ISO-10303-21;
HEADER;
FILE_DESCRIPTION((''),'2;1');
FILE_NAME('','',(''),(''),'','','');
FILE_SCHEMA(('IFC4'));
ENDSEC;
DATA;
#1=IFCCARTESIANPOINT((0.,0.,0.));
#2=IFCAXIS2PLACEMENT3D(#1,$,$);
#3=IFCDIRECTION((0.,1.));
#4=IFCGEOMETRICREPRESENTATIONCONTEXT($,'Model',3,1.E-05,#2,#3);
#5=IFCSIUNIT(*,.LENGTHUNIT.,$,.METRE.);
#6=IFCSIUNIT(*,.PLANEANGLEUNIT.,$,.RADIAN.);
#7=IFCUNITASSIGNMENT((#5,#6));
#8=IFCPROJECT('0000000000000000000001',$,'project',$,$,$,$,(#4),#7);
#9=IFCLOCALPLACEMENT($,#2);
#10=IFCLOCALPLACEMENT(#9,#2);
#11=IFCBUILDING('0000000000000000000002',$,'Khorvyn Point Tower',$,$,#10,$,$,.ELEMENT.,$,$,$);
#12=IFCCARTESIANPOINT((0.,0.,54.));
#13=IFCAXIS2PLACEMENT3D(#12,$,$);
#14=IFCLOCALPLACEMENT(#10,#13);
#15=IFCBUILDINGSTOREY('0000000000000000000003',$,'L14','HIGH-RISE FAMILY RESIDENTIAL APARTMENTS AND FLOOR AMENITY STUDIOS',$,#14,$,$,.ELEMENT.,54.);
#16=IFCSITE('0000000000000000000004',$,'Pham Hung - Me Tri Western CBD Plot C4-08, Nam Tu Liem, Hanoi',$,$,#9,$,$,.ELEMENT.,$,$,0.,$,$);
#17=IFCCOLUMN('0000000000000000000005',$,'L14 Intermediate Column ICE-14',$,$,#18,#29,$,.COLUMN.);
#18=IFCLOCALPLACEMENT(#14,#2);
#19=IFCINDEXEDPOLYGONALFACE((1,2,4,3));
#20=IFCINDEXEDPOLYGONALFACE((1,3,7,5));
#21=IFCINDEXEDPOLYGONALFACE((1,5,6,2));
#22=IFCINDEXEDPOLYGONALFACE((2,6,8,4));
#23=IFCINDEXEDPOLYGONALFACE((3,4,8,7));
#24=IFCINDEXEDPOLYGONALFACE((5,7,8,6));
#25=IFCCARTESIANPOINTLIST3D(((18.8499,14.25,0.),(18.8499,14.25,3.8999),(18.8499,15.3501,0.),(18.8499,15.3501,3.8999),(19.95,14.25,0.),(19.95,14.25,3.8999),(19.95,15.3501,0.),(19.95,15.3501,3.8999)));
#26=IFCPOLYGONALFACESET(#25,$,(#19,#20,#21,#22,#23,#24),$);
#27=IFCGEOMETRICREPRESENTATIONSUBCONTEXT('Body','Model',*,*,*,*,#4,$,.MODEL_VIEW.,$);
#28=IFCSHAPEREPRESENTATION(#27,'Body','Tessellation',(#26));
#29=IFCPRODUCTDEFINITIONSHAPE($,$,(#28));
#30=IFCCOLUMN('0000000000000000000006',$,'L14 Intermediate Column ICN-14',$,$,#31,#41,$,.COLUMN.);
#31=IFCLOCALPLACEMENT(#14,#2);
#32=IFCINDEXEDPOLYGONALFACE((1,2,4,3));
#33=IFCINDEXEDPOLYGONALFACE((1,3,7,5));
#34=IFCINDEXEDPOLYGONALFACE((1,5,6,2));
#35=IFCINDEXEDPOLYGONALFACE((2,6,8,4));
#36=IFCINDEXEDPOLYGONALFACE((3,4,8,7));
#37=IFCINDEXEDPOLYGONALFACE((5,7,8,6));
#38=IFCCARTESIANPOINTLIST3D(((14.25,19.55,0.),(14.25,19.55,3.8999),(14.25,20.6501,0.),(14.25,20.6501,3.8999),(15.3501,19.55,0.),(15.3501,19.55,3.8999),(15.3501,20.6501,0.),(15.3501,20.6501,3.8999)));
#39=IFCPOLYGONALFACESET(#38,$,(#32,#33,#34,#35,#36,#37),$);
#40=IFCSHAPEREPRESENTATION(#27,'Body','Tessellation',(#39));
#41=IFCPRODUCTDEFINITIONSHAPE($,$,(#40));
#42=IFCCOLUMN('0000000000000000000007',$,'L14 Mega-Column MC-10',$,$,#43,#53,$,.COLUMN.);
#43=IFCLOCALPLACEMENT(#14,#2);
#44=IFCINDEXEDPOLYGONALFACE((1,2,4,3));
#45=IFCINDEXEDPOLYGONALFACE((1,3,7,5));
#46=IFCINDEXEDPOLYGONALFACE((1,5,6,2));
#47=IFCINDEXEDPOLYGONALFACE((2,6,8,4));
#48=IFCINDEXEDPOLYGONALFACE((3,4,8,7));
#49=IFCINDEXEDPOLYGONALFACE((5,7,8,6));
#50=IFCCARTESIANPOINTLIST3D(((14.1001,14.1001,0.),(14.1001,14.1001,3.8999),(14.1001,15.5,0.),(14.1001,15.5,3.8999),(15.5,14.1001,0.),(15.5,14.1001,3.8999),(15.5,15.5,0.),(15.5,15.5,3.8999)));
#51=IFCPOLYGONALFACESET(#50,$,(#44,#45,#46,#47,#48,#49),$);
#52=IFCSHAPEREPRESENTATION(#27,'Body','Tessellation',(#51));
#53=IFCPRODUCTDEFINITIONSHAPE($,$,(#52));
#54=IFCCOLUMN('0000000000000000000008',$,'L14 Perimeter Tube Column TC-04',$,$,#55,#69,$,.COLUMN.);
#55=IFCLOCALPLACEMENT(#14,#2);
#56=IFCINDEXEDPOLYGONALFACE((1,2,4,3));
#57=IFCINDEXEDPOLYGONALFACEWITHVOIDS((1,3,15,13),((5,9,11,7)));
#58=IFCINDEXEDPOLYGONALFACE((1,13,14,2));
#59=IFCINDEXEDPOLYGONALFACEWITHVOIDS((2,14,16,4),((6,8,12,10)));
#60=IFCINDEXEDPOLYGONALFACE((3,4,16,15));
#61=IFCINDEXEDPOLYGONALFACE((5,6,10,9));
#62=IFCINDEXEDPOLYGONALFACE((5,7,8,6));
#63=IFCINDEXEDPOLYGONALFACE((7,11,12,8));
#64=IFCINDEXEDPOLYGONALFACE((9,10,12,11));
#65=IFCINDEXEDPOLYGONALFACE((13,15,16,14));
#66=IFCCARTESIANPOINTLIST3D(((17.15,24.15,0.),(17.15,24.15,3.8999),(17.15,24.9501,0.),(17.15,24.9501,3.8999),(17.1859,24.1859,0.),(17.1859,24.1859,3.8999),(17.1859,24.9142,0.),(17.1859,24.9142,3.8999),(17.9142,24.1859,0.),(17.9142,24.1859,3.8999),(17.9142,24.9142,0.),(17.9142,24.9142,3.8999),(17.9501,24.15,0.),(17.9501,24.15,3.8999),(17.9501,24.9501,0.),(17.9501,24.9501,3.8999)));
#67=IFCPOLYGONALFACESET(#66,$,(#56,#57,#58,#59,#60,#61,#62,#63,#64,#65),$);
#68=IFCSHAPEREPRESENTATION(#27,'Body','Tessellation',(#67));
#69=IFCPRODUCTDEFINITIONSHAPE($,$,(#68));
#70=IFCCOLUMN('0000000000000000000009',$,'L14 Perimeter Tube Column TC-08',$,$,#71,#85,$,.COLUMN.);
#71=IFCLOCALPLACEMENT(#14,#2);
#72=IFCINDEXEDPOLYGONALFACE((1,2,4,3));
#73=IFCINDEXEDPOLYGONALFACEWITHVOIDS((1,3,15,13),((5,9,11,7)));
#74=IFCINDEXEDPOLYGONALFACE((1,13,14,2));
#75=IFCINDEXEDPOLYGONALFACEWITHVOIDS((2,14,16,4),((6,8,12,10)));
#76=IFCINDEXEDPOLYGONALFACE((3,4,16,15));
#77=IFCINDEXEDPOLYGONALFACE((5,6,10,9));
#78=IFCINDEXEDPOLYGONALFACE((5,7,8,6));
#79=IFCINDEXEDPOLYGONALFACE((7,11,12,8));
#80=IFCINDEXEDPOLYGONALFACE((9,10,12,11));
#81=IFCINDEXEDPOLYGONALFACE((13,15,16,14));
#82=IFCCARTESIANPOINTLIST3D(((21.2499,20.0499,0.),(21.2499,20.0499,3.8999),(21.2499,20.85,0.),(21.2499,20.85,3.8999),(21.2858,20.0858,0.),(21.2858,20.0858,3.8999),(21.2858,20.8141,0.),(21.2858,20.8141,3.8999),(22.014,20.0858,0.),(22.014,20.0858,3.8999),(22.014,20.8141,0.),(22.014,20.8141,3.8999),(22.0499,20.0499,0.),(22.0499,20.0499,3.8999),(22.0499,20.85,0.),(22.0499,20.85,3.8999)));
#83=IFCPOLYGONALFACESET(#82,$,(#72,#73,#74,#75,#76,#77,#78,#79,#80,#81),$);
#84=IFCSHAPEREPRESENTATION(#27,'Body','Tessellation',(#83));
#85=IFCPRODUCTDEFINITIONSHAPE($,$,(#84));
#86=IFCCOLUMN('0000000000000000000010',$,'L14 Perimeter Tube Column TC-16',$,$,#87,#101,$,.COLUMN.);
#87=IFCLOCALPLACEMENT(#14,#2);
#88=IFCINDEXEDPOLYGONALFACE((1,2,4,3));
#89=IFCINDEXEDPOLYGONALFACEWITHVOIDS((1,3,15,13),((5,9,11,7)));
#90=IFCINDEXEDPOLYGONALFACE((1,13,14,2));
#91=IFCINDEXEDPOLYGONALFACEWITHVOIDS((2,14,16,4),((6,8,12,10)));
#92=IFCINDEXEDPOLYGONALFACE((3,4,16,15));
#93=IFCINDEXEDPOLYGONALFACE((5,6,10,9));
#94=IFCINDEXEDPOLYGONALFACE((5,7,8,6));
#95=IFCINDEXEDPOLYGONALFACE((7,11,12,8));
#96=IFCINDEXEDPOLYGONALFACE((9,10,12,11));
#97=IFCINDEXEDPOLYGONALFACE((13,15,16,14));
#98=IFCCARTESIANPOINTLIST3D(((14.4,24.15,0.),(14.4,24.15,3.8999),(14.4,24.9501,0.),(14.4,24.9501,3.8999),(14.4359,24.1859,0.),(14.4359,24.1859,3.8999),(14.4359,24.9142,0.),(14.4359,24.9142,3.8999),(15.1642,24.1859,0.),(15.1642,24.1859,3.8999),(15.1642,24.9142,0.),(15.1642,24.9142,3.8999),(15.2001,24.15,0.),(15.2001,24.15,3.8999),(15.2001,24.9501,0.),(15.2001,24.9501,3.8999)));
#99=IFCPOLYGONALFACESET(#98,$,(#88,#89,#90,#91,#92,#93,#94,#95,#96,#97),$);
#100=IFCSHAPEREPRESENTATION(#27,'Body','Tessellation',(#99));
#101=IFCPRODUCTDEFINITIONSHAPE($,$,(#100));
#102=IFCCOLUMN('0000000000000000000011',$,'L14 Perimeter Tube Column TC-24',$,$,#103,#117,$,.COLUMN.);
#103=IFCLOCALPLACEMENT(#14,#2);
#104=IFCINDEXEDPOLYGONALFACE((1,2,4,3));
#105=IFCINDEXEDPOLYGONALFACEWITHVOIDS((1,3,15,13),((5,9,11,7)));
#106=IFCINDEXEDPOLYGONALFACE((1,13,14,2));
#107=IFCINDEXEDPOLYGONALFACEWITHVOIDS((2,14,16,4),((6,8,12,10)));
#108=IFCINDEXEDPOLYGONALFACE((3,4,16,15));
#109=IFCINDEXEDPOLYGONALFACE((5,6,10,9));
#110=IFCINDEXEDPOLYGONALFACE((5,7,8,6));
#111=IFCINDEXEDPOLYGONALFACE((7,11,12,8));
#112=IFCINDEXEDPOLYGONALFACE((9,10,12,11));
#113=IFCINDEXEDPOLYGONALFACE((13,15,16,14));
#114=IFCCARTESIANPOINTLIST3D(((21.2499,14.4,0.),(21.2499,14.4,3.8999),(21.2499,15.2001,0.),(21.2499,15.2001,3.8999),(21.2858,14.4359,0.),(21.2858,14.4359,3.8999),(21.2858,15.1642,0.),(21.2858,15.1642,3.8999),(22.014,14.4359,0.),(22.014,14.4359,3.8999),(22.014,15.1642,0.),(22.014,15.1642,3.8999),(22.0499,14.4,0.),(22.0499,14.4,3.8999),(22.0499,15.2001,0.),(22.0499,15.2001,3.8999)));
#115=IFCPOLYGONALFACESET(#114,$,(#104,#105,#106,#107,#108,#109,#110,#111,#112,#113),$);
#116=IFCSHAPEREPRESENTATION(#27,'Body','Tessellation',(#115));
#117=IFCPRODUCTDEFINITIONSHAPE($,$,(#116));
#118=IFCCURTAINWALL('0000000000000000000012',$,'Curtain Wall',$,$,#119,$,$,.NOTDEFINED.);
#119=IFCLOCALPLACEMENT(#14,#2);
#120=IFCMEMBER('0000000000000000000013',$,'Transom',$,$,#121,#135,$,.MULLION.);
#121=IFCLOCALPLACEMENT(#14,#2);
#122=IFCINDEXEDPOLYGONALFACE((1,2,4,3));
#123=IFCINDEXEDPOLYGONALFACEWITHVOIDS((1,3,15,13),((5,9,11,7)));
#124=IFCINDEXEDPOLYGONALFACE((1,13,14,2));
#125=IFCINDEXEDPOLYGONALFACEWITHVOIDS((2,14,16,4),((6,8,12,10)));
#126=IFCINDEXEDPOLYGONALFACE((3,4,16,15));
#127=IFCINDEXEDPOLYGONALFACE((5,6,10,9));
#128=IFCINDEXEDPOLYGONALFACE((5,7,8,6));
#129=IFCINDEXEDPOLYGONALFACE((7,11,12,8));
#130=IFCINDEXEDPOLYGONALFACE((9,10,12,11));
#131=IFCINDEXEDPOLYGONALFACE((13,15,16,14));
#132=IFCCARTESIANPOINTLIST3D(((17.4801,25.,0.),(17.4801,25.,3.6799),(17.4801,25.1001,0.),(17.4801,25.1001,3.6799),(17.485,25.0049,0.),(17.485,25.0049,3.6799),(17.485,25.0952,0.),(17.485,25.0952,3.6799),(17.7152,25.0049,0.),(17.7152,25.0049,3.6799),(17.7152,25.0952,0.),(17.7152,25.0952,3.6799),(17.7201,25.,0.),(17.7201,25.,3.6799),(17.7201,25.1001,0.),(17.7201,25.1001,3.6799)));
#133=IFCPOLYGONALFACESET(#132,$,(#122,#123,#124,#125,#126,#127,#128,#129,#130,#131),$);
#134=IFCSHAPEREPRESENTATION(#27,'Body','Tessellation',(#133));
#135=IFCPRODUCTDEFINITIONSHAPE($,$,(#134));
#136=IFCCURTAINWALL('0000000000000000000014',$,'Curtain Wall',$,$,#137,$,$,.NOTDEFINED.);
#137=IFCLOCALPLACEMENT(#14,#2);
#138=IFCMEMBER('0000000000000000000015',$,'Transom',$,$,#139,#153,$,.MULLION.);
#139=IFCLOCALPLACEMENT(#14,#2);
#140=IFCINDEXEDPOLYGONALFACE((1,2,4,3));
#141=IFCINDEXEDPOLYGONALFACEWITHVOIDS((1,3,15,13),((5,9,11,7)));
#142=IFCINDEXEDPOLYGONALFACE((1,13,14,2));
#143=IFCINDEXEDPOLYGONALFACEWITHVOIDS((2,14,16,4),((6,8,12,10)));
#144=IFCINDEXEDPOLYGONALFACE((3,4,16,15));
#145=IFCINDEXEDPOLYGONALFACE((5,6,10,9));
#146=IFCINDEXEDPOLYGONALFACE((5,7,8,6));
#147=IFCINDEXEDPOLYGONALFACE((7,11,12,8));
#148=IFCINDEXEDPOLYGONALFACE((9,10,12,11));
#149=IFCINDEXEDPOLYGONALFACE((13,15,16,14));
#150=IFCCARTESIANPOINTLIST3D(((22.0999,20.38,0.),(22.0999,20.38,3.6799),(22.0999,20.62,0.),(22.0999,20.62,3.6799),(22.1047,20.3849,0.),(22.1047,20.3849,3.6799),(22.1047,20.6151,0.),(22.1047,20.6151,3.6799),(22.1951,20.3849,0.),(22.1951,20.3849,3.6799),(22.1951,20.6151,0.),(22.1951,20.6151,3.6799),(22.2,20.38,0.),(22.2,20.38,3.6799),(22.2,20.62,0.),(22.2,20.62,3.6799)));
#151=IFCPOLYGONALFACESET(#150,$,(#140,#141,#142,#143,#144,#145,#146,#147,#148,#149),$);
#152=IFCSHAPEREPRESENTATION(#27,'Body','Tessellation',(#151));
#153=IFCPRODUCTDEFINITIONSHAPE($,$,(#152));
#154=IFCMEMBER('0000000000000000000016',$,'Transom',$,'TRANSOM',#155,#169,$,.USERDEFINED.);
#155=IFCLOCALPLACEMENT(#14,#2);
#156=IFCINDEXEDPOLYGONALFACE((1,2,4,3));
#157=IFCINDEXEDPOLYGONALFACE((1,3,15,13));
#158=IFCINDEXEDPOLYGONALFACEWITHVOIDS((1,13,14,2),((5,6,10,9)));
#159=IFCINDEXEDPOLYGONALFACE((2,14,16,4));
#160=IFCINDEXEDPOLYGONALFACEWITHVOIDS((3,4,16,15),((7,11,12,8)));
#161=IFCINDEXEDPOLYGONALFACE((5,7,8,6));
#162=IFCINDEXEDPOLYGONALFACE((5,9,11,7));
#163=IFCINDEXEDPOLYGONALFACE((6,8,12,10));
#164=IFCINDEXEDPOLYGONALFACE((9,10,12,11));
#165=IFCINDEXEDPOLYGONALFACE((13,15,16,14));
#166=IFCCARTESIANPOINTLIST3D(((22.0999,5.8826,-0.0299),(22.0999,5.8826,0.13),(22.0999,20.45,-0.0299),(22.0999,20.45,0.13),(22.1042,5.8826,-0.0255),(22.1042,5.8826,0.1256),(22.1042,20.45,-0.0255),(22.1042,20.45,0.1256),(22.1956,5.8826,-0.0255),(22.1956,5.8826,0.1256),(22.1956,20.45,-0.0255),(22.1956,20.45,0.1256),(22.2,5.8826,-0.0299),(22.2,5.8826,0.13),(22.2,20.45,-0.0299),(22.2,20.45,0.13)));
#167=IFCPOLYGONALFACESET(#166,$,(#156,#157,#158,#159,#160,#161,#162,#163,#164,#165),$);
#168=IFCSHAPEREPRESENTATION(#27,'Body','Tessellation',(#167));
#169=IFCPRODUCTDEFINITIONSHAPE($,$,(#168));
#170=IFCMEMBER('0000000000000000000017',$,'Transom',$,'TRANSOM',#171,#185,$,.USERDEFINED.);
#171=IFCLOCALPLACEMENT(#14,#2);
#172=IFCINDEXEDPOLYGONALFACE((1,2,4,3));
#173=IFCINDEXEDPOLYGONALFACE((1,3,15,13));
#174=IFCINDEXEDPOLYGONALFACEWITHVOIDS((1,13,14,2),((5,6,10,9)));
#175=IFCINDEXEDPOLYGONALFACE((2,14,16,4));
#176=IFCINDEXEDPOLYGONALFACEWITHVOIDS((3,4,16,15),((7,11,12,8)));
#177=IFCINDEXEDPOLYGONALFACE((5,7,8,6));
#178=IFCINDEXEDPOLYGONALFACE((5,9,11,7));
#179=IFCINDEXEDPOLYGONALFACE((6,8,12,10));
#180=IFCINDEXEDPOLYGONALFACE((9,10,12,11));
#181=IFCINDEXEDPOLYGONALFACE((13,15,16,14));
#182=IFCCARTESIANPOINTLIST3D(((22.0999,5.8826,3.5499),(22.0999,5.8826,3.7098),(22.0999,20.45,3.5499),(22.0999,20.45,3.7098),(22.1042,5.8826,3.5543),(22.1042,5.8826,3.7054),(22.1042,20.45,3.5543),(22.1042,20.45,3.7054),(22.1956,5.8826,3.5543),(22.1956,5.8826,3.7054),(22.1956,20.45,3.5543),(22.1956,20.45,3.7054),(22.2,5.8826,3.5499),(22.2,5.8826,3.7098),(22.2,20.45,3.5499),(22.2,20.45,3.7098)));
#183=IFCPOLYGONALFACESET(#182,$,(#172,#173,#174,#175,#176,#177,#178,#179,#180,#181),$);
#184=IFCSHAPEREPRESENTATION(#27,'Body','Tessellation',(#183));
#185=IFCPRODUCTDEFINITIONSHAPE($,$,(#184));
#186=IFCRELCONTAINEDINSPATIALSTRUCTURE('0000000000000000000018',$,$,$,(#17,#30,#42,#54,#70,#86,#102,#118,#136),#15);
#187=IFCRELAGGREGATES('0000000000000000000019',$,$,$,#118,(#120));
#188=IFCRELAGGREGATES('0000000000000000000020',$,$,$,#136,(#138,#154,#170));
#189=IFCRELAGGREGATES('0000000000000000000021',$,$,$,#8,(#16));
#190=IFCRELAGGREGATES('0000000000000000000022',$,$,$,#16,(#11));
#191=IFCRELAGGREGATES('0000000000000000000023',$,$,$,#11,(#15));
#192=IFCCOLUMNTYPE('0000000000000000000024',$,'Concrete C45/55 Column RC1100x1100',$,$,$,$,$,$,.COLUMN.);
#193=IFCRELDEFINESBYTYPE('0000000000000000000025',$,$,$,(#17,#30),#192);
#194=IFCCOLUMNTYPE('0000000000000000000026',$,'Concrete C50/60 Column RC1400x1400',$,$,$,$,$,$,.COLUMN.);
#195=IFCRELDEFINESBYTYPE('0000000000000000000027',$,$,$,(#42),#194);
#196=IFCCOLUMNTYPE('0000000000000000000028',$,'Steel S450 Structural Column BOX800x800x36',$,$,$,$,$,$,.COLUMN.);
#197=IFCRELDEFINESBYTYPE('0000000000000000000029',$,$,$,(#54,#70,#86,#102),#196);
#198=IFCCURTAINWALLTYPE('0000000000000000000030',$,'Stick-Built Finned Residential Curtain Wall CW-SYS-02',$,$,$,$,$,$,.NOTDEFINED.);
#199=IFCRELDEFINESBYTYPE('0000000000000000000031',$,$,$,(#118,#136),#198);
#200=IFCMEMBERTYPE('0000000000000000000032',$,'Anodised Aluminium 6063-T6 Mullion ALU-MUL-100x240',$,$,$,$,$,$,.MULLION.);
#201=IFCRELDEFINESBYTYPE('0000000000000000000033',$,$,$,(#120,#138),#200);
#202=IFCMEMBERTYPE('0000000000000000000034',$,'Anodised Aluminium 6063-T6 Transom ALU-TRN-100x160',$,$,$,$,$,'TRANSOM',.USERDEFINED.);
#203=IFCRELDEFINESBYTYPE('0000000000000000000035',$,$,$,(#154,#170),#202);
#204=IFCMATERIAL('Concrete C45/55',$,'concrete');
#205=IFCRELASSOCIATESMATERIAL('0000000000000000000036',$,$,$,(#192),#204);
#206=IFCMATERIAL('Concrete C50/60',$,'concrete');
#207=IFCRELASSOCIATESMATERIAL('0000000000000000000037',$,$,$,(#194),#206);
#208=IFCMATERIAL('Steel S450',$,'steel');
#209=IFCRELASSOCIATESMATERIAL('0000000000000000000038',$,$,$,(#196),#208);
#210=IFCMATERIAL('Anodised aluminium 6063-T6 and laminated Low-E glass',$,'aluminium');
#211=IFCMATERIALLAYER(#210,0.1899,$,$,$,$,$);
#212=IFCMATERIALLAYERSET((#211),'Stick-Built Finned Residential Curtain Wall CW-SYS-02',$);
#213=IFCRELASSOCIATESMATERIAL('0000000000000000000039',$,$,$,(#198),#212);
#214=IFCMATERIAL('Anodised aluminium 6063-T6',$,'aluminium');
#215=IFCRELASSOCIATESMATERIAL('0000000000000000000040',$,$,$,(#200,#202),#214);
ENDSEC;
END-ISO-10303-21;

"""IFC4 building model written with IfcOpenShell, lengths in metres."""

from ifc_helpers import new_model, si_unit, direction, frame, origin, origin_2d, place, context, subcontext, project, spatial, rectangle, hollow_rectangle, extrude, material, layer, layer_set, material_profile, profile_set, type_object, element, aggregate, save


model = new_model("IFC4")

# Units and contexts
model_context = context("Model", 3, precision=1e-05, world=origin(), true_north=direction((0.0, 1.0)))
body_context = subcontext(model_context, "Body", "Model", "MODEL_VIEW")
ifc_project = project(units=[si_unit("LENGTHUNIT", "METRE"), si_unit("PLANEANGLEUNIT", "RADIAN")], contexts=[model_context])

# Site, building, storey
site_placement = place(None, origin())
site = spatial("IfcSite", under=ifc_project, at=site_placement, Name="Pham Hung - Me Tri Western CBD Plot C4-08, Nam Tu Liem, Hanoi", CompositionType="ELEMENT", RefElevation=0.0)
building_placement = place(site_placement, origin())
building = spatial("IfcBuilding", under=site, at=building_placement, Name="Khorvyn Point Tower", CompositionType="ELEMENT")
storey_placement = place(building_placement, frame((0.0, 0.0, 54.0)))
storey = spatial("IfcBuildingStorey", under=building, at=storey_placement, Name="L14", Description="HIGH-RISE FAMILY RESIDENTIAL APARTMENTS AND FLOOR AMENITY STUDIOS", CompositionType="ELEMENT", Elevation=54.0)

# Columns
ifc_material_1 = material(Name="Concrete C45/55", Category="concrete")
ifc_material_profile_1 = material_profile(ifc_material_1, rectangle(XDim=1.1001, YDim=1.1001, at=origin_2d()))
ifc_profile_set_1 = profile_set([ifc_material_profile_1], Name="Concrete C45/55 RC1100x1100")
column_type_1 = type_object("IfcColumnType", Name="Concrete C45/55 Column RC1100x1100", PredefinedType="COLUMN", material=ifc_profile_set_1)
for number, where, z_axis, x_axis, name in (
    (1, (19.3999, 14.8, 0.0), (0.0, 0.0, 1.0), (1.0, 0.0, 0.0), "L14 Intermediate Column ICE-14"),
    (2, (14.8, 20.1001, 0.0), (0.0, 0.0, 1.0), (1.0, 0.0, 0.0), "L14 Intermediate Column ICN-14"),
):
    element("IfcColumn", number, at=place(storey_placement, frame(where, z_axis=z_axis, x_axis=x_axis)), inside=storey, type_object=column_type_1, Name=name, PredefinedType="COLUMN", context=body_context, shape_type="SweptSolid", body=[
        extrude(rectangle(XDim=1.1001, YDim=1.1001, at=origin_2d()), origin(), (0.0, 0.0, 1.0), 3.8999),
    ])
ifc_material_2 = material(Name="Concrete C50/60", Category="concrete")
ifc_material_profile_2 = material_profile(ifc_material_2, rectangle(XDim=1.3999, YDim=1.3999, at=origin_2d()))
ifc_profile_set_2 = profile_set([ifc_material_profile_2], Name="Concrete C50/60 RC1400x1400")
column_type_2 = type_object("IfcColumnType", Name="Concrete C50/60 Column RC1400x1400", PredefinedType="COLUMN", material=ifc_profile_set_2)
column_placement = place(storey_placement, frame((14.8, 14.8, 0.0), z_axis=(0.0, 0.0, 1.0), x_axis=(1.0, 0.0, 0.0)))
element("IfcColumn", 3, at=column_placement, inside=storey, type_object=column_type_2, Name="L14 Mega-Column MC-10", PredefinedType="COLUMN", context=body_context, shape_type="SweptSolid", body=[
    extrude(rectangle(XDim=1.3999, YDim=1.3999, at=origin_2d()), origin(), (0.0, 0.0, 1.0), 3.8999),
])
ifc_material_3 = material(Name="Steel S450", Category="steel")
ifc_material_profile_3 = material_profile(ifc_material_3, hollow_rectangle(XDim=0.8, YDim=0.8, WallThickness=0.0359, at=origin_2d()))
ifc_profile_set_3 = profile_set([ifc_material_profile_3], Name="Steel S450 BOX800x800x36")
column_type_3 = type_object("IfcColumnType", Name="Steel S450 Structural Column BOX800x800x36", PredefinedType="COLUMN", material=ifc_profile_set_3)
for number, where, z_axis, x_axis, name in (
    (4, (17.55, 24.55, 0.0), (0.0, 0.0, 1.0), (1.0, 0.0, 0.0), "L14 Perimeter Tube Column TC-04"),
    (5, (21.6499, 20.45, 0.0), (0.0, 0.0, 1.0), (1.0, 0.0, 0.0), "L14 Perimeter Tube Column TC-08"),
    (6, (14.8, 24.55, 0.0), (0.0, 0.0, 1.0), (1.0, 0.0, 0.0), "L14 Perimeter Tube Column TC-16"),
    (7, (21.6499, 14.8, 0.0), (0.0, 0.0, 1.0), (1.0, 0.0, 0.0), "L14 Perimeter Tube Column TC-24"),
):
    element("IfcColumn", number, at=place(storey_placement, frame(where, z_axis=z_axis, x_axis=x_axis)), inside=storey, type_object=column_type_3, Name=name, PredefinedType="COLUMN", context=body_context, shape_type="SweptSolid", body=[
        extrude(hollow_rectangle(XDim=0.8, YDim=0.8, WallThickness=0.0359, at=origin_2d()), origin(), (0.0, 0.0, 1.0), 3.8999),
    ])

# Curtain wall, member
ifc_material_4 = material(Name="Anodised aluminium 6063-T6 and laminated Low-E glass", Category="aluminium")
ifc_layer_1 = layer(ifc_material_4, 0.1899)
ifc_layer_set_1 = layer_set([ifc_layer_1], Name="Stick-Built Finned Residential Curtain Wall CW-SYS-02")
curtain_wall_type = type_object("IfcCurtainWallType", Name="Stick-Built Finned Residential Curtain Wall CW-SYS-02", PredefinedType="NOTDEFINED", material=ifc_layer_set_1)
curtain_wall_1_placement = place(storey_placement, origin())
curtain_wall_1 = element("IfcCurtainWall", 8, at=curtain_wall_1_placement, inside=storey, type_object=curtain_wall_type, Name="Curtain Wall", PredefinedType="NOTDEFINED")
ifc_material_5 = material(Name="Anodised aluminium 6063-T6", Category="aluminium")
ifc_material_profile_4 = material_profile(ifc_material_5, hollow_rectangle(XDim=0.1001, YDim=0.24, WallThickness=0.0049, at=origin_2d()))
ifc_profile_set_4 = profile_set([ifc_material_profile_4], Name="Anodised aluminium 6063-T6 ALU-MUL-100x240")
member_type_1 = type_object("IfcMemberType", Name="Anodised Aluminium 6063-T6 Mullion ALU-MUL-100x240", PredefinedType="MULLION", material=ifc_profile_set_4)
member_1_placement = place(storey_placement, frame((17.6001, 25.05, 0.0), z_axis=(0.0, 0.0, 1.0), x_axis=(0.0, 1.0, 0.0)))
member_1 = element("IfcMember", 9, at=member_1_placement, type_object=member_type_1, Name="Transom", PredefinedType="MULLION", context=body_context, shape_type="SweptSolid", body=[
    extrude(hollow_rectangle(XDim=0.1001, YDim=0.24, WallThickness=0.0049, at=origin_2d()), origin(), (0.0, 0.0, 1.0), 3.6799),
])

# Curtain wall, members
curtain_wall_2_placement = place(storey_placement, origin())
curtain_wall_2 = element("IfcCurtainWall", 10, at=curtain_wall_2_placement, inside=storey, type_object=curtain_wall_type, Name="Curtain Wall", PredefinedType="NOTDEFINED")
member_2_placement = place(storey_placement, frame((22.1499, 20.5, 0.0), z_axis=(0.0, 0.0, 1.0), x_axis=(1.0, 0.0, 0.0)))
member_2 = element("IfcMember", 11, at=member_2_placement, type_object=member_type_1, Name="Transom", PredefinedType="MULLION", context=body_context, shape_type="SweptSolid", body=[
    extrude(hollow_rectangle(XDim=0.1001, YDim=0.24, WallThickness=0.0049, at=origin_2d()), origin(), (0.0, 0.0, 1.0), 3.6799),
])
ifc_material_profile_5 = material_profile(ifc_material_5, hollow_rectangle(XDim=0.1001, YDim=0.1599, WallThickness=0.0044, at=origin_2d()))
ifc_profile_set_5 = profile_set([ifc_material_profile_5], Name="Anodised aluminium 6063-T6 ALU-TRN-100x160")
member_type_2 = type_object("IfcMemberType", Name="Anodised Aluminium 6063-T6 Transom ALU-TRN-100x160", ElementType="TRANSOM", PredefinedType="USERDEFINED", material=ifc_profile_set_5)
member_3_placement = place(storey_placement, frame((22.1499, 20.45, 0.05), z_axis=(0.0, -1.0, 0.0), x_axis=(1.0, 0.0, 0.0)))
member_3 = element("IfcMember", 12, at=member_3_placement, type_object=member_type_2, Name="Transom", ObjectType="TRANSOM", PredefinedType="USERDEFINED", context=body_context, shape_type="SweptSolid", body=[
    extrude(hollow_rectangle(XDim=0.1001, YDim=0.1599, WallThickness=0.0044, at=origin_2d()), origin(), (0.0, 0.0, 1.0), 14.5674),
])
member_4_placement = place(storey_placement, frame((22.1499, 20.45, 3.6299), z_axis=(0.0, -1.0, 0.0), x_axis=(1.0, 0.0, 0.0)))
member_4 = element("IfcMember", 13, at=member_4_placement, type_object=member_type_2, Name="Transom", ObjectType="TRANSOM", PredefinedType="USERDEFINED", context=body_context, shape_type="SweptSolid", body=[
    extrude(hollow_rectangle(XDim=0.1001, YDim=0.1599, WallThickness=0.0044, at=origin_2d()), origin(), (0.0, 0.0, 1.0), 14.5674),
])

aggregate(curtain_wall_1, [member_1])
aggregate(curtain_wall_2, [member_2, member_3, member_4])

save(model, "model.ifc")
